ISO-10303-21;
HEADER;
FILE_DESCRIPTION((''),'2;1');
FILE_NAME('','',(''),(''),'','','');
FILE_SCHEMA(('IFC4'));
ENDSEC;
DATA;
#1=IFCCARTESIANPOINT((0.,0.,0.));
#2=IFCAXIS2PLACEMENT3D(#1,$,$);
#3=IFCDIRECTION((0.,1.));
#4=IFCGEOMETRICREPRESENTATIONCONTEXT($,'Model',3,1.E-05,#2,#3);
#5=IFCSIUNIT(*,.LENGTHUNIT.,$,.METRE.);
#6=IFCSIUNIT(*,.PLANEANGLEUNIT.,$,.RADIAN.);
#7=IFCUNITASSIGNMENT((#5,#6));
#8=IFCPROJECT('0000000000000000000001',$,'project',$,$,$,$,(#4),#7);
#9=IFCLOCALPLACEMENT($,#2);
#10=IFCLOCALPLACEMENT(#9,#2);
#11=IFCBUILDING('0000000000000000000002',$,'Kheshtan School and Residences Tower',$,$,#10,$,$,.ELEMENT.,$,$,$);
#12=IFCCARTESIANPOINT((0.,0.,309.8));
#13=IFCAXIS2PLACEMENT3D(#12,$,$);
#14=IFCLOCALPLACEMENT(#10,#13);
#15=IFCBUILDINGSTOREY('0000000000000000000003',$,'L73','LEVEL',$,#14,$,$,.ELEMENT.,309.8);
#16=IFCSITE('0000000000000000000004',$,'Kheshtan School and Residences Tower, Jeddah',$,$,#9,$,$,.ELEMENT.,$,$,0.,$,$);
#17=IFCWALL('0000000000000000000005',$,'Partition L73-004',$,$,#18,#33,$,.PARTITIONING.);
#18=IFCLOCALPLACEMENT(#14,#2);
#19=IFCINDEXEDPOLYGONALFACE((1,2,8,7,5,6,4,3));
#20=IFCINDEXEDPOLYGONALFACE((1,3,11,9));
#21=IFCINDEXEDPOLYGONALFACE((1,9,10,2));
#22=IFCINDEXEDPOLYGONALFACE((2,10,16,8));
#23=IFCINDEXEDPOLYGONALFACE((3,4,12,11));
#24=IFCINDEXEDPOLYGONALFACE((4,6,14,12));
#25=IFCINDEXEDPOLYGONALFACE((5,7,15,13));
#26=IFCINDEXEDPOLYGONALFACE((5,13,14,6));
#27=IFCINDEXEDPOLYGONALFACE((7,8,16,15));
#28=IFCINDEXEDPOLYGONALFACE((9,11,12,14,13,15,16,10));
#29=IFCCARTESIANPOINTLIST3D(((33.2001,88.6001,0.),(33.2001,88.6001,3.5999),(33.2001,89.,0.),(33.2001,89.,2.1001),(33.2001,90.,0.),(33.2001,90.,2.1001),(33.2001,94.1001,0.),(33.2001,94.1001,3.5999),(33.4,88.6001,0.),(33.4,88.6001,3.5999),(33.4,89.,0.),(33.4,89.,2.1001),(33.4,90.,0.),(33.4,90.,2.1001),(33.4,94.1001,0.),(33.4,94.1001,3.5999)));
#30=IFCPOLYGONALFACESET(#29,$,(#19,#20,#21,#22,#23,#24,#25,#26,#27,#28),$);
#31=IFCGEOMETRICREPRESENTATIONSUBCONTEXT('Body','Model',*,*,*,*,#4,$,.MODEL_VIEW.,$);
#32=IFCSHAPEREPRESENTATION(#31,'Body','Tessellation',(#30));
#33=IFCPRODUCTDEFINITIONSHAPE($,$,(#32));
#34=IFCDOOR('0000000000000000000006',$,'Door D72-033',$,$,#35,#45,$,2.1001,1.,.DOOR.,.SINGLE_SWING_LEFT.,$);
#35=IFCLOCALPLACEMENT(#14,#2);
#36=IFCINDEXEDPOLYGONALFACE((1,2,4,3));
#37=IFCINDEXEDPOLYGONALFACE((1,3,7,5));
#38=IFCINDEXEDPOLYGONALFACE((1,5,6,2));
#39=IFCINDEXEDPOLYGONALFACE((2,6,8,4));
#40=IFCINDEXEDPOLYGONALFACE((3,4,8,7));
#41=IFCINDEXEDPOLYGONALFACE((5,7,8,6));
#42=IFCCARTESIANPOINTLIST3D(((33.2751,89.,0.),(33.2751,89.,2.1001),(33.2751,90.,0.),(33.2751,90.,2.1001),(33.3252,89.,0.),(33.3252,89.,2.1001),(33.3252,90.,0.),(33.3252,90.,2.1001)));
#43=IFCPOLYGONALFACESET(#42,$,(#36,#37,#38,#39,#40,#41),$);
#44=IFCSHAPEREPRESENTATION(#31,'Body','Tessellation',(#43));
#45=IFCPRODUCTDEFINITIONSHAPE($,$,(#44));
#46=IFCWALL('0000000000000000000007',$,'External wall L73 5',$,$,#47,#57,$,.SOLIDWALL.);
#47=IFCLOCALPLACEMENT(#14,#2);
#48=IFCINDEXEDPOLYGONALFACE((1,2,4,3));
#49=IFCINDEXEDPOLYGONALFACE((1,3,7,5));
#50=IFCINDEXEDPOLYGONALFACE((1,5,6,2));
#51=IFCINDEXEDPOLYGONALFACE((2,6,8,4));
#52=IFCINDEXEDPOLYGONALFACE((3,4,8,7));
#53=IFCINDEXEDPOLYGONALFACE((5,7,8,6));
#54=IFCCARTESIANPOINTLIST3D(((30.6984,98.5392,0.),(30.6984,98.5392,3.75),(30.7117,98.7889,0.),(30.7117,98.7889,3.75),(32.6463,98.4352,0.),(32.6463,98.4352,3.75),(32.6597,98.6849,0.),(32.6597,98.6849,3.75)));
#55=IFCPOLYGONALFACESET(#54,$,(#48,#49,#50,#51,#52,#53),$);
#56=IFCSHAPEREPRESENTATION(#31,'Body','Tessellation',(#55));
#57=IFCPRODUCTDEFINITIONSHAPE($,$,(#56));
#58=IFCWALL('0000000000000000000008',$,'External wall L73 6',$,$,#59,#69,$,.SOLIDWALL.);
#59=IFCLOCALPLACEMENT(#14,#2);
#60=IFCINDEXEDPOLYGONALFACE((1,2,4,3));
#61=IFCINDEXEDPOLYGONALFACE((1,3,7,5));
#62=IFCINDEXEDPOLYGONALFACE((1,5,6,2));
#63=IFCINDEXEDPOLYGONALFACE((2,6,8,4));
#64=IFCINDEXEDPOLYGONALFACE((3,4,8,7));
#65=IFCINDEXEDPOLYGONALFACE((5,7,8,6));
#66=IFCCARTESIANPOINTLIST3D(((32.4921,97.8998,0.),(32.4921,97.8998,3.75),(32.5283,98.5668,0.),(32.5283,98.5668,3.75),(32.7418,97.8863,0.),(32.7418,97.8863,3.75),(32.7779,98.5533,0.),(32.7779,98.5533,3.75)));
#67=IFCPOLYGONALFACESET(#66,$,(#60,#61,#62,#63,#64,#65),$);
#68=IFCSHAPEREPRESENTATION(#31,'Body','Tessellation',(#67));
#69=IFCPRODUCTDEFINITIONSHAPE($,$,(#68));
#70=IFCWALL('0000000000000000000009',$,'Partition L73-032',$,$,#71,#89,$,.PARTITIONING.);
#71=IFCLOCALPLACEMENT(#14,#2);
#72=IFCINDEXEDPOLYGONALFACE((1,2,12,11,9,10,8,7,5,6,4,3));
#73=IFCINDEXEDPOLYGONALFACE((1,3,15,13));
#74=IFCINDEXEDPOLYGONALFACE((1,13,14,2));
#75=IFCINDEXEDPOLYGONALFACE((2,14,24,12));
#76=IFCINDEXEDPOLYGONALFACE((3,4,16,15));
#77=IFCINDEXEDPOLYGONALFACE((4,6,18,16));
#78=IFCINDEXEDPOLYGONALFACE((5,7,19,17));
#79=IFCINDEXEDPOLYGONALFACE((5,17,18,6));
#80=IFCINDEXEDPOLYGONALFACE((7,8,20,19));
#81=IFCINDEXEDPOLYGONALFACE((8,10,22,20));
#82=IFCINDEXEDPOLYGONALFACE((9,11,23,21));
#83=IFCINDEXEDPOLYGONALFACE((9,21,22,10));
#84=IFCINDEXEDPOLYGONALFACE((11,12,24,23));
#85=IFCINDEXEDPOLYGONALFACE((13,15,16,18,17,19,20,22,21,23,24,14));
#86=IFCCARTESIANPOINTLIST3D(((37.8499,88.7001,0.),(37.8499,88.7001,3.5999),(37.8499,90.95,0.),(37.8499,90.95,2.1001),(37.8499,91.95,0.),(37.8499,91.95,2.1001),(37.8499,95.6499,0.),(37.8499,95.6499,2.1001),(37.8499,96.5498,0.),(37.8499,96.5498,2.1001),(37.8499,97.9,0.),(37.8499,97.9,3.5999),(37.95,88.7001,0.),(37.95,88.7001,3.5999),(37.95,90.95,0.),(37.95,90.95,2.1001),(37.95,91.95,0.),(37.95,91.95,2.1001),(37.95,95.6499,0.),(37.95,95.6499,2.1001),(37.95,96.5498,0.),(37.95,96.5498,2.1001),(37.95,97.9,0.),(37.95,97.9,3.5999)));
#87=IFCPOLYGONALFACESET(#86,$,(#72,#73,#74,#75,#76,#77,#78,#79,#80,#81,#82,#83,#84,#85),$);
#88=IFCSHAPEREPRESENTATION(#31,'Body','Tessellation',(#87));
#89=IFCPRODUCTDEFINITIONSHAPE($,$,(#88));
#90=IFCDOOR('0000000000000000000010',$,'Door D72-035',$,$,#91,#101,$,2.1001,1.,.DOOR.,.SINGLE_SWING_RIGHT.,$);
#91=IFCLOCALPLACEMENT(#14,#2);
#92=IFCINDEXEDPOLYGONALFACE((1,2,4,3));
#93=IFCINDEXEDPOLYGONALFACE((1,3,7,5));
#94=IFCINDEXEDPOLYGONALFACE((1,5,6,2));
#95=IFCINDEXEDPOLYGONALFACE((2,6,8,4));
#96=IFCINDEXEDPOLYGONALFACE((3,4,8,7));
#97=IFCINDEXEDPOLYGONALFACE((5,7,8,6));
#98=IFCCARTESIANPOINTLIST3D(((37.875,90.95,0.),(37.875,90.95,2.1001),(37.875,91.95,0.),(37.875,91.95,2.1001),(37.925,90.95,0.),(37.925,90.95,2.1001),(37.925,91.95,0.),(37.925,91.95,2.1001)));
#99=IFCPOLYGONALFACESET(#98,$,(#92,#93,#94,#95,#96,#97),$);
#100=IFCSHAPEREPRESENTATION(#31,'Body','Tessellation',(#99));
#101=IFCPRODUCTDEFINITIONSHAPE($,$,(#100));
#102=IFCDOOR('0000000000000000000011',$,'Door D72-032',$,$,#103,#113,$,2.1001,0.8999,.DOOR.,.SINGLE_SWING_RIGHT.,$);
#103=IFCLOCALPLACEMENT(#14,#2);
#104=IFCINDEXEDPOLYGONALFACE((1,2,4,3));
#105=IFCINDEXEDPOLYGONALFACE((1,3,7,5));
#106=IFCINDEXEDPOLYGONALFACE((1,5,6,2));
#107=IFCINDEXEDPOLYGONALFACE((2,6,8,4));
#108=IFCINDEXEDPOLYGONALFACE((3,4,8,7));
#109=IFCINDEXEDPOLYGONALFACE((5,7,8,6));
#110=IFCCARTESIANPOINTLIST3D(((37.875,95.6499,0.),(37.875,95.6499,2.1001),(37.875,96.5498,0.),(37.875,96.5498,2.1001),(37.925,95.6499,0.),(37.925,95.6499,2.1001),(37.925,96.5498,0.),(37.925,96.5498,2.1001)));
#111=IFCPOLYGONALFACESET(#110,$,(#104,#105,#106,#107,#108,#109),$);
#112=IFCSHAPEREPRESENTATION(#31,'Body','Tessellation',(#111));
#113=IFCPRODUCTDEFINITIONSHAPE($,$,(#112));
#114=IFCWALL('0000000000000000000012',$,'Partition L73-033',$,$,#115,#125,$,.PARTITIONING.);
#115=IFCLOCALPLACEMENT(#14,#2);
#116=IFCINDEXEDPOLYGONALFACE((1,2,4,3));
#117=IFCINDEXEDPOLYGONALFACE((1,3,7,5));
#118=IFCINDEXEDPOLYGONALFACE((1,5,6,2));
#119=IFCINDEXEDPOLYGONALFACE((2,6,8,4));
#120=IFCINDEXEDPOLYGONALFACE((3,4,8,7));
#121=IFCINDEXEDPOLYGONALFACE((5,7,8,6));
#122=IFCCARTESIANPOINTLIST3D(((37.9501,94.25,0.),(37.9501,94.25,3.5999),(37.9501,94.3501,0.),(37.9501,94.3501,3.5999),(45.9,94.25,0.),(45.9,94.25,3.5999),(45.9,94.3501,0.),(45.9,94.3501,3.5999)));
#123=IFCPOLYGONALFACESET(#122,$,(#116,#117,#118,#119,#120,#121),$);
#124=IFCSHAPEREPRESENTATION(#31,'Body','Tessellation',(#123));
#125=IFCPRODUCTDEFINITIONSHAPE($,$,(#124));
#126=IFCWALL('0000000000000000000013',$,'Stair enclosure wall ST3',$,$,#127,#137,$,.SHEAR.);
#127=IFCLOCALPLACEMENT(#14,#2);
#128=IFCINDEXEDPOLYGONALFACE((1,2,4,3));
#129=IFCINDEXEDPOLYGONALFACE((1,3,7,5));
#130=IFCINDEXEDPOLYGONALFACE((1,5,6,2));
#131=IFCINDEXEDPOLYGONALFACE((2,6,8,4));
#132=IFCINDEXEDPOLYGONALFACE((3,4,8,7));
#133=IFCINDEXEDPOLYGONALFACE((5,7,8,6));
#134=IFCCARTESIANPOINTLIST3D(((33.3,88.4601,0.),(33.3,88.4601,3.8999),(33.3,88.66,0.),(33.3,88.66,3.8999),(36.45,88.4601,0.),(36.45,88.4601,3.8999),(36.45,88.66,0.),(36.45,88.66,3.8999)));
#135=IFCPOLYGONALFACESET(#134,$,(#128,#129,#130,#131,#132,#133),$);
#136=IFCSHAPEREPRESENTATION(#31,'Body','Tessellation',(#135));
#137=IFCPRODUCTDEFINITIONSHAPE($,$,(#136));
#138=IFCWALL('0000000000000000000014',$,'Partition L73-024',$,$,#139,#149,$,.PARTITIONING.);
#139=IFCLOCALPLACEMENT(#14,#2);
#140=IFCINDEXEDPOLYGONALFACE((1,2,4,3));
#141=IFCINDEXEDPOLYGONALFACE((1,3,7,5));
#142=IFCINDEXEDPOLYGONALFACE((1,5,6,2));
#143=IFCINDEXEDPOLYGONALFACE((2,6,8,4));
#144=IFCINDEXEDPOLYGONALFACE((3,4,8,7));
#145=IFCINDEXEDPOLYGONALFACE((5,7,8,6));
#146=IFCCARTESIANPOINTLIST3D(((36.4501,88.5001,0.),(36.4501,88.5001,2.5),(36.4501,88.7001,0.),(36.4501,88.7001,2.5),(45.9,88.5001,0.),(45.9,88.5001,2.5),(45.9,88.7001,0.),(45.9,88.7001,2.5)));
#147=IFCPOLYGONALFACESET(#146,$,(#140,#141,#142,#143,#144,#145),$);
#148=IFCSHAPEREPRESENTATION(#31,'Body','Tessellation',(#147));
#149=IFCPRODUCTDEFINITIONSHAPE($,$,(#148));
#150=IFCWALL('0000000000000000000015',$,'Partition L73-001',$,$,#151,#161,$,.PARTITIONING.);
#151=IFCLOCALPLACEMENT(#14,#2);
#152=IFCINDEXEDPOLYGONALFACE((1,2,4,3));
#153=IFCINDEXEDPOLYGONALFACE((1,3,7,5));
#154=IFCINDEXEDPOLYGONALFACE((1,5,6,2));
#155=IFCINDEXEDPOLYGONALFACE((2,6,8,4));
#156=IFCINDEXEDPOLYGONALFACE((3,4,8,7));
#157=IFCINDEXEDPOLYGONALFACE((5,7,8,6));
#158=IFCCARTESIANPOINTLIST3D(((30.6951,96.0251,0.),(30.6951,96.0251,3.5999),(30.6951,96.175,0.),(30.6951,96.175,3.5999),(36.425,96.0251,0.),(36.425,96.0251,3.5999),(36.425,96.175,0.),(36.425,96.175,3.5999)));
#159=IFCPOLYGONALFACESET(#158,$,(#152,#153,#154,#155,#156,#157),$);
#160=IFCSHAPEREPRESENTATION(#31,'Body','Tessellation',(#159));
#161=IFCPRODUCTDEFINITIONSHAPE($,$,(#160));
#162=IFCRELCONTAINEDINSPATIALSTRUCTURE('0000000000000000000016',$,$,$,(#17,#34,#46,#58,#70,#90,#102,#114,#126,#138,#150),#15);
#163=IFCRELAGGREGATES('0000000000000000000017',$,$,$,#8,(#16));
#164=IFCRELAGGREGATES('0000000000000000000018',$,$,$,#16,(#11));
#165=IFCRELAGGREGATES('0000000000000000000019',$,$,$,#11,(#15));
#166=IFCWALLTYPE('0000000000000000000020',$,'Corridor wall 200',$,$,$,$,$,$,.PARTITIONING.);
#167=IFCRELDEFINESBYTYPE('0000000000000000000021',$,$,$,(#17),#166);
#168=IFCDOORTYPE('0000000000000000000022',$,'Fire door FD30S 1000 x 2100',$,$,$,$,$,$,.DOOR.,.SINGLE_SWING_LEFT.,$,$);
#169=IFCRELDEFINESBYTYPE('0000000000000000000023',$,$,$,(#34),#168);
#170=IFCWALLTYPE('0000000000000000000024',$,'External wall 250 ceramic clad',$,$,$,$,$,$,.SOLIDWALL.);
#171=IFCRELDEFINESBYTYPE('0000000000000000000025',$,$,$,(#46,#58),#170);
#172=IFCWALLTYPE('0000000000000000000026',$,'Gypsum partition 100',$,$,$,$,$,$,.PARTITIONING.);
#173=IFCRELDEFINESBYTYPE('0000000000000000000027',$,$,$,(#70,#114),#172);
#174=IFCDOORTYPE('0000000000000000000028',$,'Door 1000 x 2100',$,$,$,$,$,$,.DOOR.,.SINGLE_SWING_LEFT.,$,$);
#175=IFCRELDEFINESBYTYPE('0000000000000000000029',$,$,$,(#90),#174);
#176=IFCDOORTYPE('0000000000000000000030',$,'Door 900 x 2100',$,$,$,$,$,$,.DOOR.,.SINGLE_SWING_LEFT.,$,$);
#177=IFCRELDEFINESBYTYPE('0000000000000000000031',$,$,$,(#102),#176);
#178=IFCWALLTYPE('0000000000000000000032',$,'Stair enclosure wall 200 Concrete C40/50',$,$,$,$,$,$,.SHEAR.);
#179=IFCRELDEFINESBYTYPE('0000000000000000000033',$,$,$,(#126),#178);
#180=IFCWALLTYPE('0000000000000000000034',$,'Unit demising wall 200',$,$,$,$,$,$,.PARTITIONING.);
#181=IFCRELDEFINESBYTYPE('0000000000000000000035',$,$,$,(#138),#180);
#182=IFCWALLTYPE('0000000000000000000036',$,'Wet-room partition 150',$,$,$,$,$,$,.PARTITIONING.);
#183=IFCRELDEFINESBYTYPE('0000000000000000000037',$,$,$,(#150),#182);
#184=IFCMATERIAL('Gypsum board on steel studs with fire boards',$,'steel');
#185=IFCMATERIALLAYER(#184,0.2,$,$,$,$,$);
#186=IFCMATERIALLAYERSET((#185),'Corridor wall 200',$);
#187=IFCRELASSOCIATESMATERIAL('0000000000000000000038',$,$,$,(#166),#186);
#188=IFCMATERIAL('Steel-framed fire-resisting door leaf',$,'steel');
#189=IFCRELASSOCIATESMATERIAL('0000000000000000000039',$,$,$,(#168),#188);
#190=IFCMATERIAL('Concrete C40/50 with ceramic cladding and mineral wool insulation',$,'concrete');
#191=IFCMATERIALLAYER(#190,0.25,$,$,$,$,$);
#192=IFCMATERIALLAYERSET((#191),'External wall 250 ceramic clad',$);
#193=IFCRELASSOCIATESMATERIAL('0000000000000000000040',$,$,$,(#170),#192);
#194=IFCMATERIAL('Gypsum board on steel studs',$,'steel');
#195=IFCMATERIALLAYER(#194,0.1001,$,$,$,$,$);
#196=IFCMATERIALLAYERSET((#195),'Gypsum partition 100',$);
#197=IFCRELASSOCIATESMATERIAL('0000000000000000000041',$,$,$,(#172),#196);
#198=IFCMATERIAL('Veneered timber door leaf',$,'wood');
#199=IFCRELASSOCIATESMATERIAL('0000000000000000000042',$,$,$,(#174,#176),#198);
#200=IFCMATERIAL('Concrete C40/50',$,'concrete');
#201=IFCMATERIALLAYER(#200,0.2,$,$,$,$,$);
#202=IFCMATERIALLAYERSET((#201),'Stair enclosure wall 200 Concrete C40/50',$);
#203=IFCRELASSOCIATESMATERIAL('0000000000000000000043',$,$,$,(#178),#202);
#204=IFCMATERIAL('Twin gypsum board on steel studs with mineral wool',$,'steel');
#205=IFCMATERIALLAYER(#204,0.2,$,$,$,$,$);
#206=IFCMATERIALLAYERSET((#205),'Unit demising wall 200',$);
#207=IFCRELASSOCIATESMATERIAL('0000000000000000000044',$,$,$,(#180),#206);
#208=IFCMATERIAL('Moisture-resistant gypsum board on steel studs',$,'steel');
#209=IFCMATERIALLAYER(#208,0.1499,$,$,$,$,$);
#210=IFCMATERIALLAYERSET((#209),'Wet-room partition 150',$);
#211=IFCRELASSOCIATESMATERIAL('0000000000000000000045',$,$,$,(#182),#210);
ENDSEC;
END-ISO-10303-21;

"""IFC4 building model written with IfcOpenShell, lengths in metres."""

from ifc_helpers import new_model, si_unit, direction, frame, frame_2d, origin, place, context, subcontext, project, spatial, rectangle, extrude, source, transform, mapped, material, layer, layer_set, type_object, element, fill, save


model = new_model("IFC4")

# Units and contexts
model_context = context("Model", 3, precision=1e-05, world=origin(), true_north=direction((0.0, 1.0)))
body_context = subcontext(model_context, "Body", "Model", "MODEL_VIEW")
ifc_project = project(units=[si_unit("LENGTHUNIT", "METRE"), si_unit("PLANEANGLEUNIT", "RADIAN")], contexts=[model_context])

# Site, building, storey
site_placement = place(None, origin())
site = spatial("IfcSite", under=ifc_project, at=site_placement, Name="Kheshtan School and Residences Tower, Jeddah", CompositionType="ELEMENT", RefElevation=0.0)
building_placement = place(site_placement, origin())
building = spatial("IfcBuilding", under=site, at=building_placement, Name="Kheshtan School and Residences Tower", CompositionType="ELEMENT")
storey_placement = place(building_placement, frame((0.0, 0.0, 309.8)))
storey = spatial("IfcBuildingStorey", under=building, at=storey_placement, Name="L73", Description="LEVEL", CompositionType="ELEMENT", Elevation=309.8)

# Shared definitions
ifc_material_1 = material(Name="Gypsum board on steel studs with fire boards", Category="steel")
ifc_layer_1 = layer(ifc_material_1, 0.2)
ifc_layer_set_1 = layer_set([ifc_layer_1], Name="Corridor wall 200")
wall_type_1 = type_object("IfcWallType", Name="Corridor wall 200", PredefinedType="PARTITIONING", material=ifc_layer_set_1)

# Wall, opening, door
wall_1_placement = place(storey_placement, frame((33.3, 88.6001, 0.0), z_axis=(0.0, 0.0, 1.0), x_axis=(0.0, 1.0, 0.0)))
wall_1 = element("IfcWall", 1, at=wall_1_placement, inside=storey, type_object=wall_type_1, Name="Partition L73-004", PredefinedType="PARTITIONING", context=body_context, shape_type="SweptSolid", body=[
    extrude(rectangle(XDim=5.5, YDim=0.2, at=frame_2d((2.75, 0.0))), origin(), (0.0, 0.0, 1.0), 3.5999),
])
opening_1_placement = place(wall_1_placement, frame((0.3999, 0.0, 0.0)))
opening_1 = element("IfcOpeningElement", 2, at=opening_1_placement, cuts=wall_1, PredefinedType="OPENING", context=body_context, shape_type="SweptSolid", body=[
    extrude(rectangle(XDim=1.0, YDim=2.1001, at=frame_2d((0.5, 1.05))), frame((0.0, 0.1099, 0.0), z_axis=(0.0, -1.0, 0.0), x_axis=(1.0, 0.0, 0.0)), (0.0, 0.0, 1.0), 0.22),
])
ifc_material_2 = material(Name="Steel-framed fire-resisting door leaf", Category="steel")
door_type_1 = type_object("IfcDoorType", Name="Fire door FD30S 1000 x 2100", OperationType="SINGLE_SWING_LEFT", PredefinedType="DOOR", material=ifc_material_2)
shared_shape_1 = source(origin(), body_context, "Body", "SweptSolid", [
    extrude(rectangle(XDim=1.0, YDim=2.1001, at=frame_2d((0.5, 1.05))), frame((0.0, 0.0249, 0.0), z_axis=(0.0, -1.0, 0.0), x_axis=(1.0, 0.0, 0.0)), (0.0, 0.0, 1.0), 0.05),
])
door_1_placement = place(opening_1_placement, origin())
door_1 = element("IfcDoor", 3, at=door_1_placement, inside=storey, type_object=door_type_1, Name="Door D72-033", OperationType="SINGLE_SWING_LEFT", OverallHeight=2.1001, OverallWidth=1.0, PredefinedType="DOOR", context=body_context, shape_type="MappedRepresentation", body=[
    mapped(shared_shape_1, transform((0.0, 0.0, 0.0), x_axis=(1.0, 0.0, 0.0), y_axis=(0.0, 1.0, 0.0), z_axis=(0.0, 0.0, 1.0), scale=1.0)),
])
fill(opening_1, door_1)

# Walls
ifc_material_3 = material(Name="Concrete C40/50 with ceramic cladding and mineral wool insulation", Category="concrete")
ifc_layer_2 = layer(ifc_material_3, 0.25)
ifc_layer_set_2 = layer_set([ifc_layer_2], Name="External wall 250 ceramic clad")
wall_type_2 = type_object("IfcWallType", Name="External wall 250 ceramic clad", PredefinedType="SOLIDWALL", material=ifc_layer_set_2)
wall_2_placement = place(storey_placement, frame((30.7051, 98.6641, 0.0), z_axis=(0.0, 0.0, 1.0), x_axis=(0.998578, -0.053314, 0.0)))
element("IfcWall", 4, at=wall_2_placement, inside=storey, type_object=wall_type_2, Name="External wall L73 5", PredefinedType="SOLIDWALL", context=body_context, shape_type="SweptSolid", body=[
    extrude(rectangle(XDim=1.9507, YDim=0.25, at=frame_2d((0.9753, 0.0))), origin(), (0.0, 0.0, 1.0), 3.75),
])
wall_3_placement = place(storey_placement, frame((32.6531, 98.5601, 0.0), z_axis=(0.0, 0.0, 1.0), x_axis=(-0.054093, -0.998536, 0.0)))
element("IfcWall", 5, at=wall_3_placement, inside=storey, type_object=wall_type_2, Name="External wall L73 6", PredefinedType="SOLIDWALL", context=body_context, shape_type="SweptSolid", body=[
    extrude(rectangle(XDim=0.668, YDim=0.25, at=frame_2d((0.334, 0.0))), origin(), (0.0, 0.0, 1.0), 3.75),
])

# Wall, openings, doors
ifc_material_4 = material(Name="Gypsum board on steel studs", Category="steel")
ifc_layer_3 = layer(ifc_material_4, 0.1001)
ifc_layer_set_3 = layer_set([ifc_layer_3], Name="Gypsum partition 100")
wall_type_3 = type_object("IfcWallType", Name="Gypsum partition 100", PredefinedType="PARTITIONING", material=ifc_layer_set_3)
wall_4_placement = place(storey_placement, frame((37.8999, 88.7, 0.0), z_axis=(0.0, 0.0, 1.0), x_axis=(0.0, 1.0, 0.0)))
wall_4 = element("IfcWall", 6, at=wall_4_placement, inside=storey, type_object=wall_type_3, Name="Partition L73-032", PredefinedType="PARTITIONING", context=body_context, shape_type="SweptSolid", body=[
    extrude(rectangle(XDim=9.2, YDim=0.1001, at=frame_2d((4.6001, 0.0))), origin(), (0.0, 0.0, 1.0), 3.5999),
])
opening_2_placement = place(wall_4_placement, frame((6.95, 0.0, 0.0)))
opening_2 = element("IfcOpeningElement", 7, at=opening_2_placement, cuts=wall_4, PredefinedType="OPENING", context=body_context, shape_type="SweptSolid", body=[
    extrude(rectangle(XDim=0.8999, YDim=2.1001, at=frame_2d((0.45, 1.05))), frame((0.0, 0.0601, 0.0), z_axis=(0.0, -1.0, 0.0), x_axis=(1.0, 0.0, 0.0)), (0.0, 0.0, 1.0), 0.1201),
])
opening_3_placement = place(wall_4_placement, frame((2.25, 0.0, 0.0)))
opening_3 = element("IfcOpeningElement", 8, at=opening_3_placement, cuts=wall_4, PredefinedType="OPENING", context=body_context, shape_type="SweptSolid", body=[
    extrude(rectangle(XDim=1.0, YDim=2.1001, at=frame_2d((0.5, 1.05))), frame((0.0, 0.0601, 0.0), z_axis=(0.0, -1.0, 0.0), x_axis=(1.0, 0.0, 0.0)), (0.0, 0.0, 1.0), 0.1201),
])
ifc_material_5 = material(Name="Veneered timber door leaf", Category="wood")
door_type_2 = type_object("IfcDoorType", Name="Door 1000 x 2100", OperationType="SINGLE_SWING_LEFT", PredefinedType="DOOR", material=ifc_material_5)
shared_shape_2 = source(origin(), body_context, "Body", "SweptSolid", [
    extrude(rectangle(XDim=1.0, YDim=2.1001, at=frame_2d((0.5, 1.05))), frame((0.0, 0.0249, 0.0), z_axis=(0.0, -1.0, 0.0), x_axis=(1.0, 0.0, 0.0)), (0.0, 0.0, 1.0), 0.05),
])
door_2_placement = place(opening_3_placement, origin())
door_2 = element("IfcDoor", 9, at=door_2_placement, inside=storey, type_object=door_type_2, Name="Door D72-035", OperationType="SINGLE_SWING_RIGHT", OverallHeight=2.1001, OverallWidth=1.0, PredefinedType="DOOR", context=body_context, shape_type="MappedRepresentation", body=[
    mapped(shared_shape_2, transform((0.0, 0.0, 0.0), x_axis=(1.0, 0.0, 0.0), y_axis=(0.0, 1.0, 0.0), z_axis=(0.0, 0.0, 1.0), scale=1.0)),
])
fill(opening_3, door_2)
door_type_3 = type_object("IfcDoorType", Name="Door 900 x 2100", OperationType="SINGLE_SWING_LEFT", PredefinedType="DOOR", material=ifc_material_5)
shared_shape_3 = source(origin(), body_context, "Body", "SweptSolid", [
    extrude(rectangle(XDim=0.8999, YDim=2.1001, at=frame_2d((0.45, 1.05))), frame((0.0, 0.0249, 0.0), z_axis=(0.0, -1.0, 0.0), x_axis=(1.0, 0.0, 0.0)), (0.0, 0.0, 1.0), 0.05),
])
door_3_placement = place(opening_2_placement, origin())
door_3 = element("IfcDoor", 10, at=door_3_placement, inside=storey, type_object=door_type_3, Name="Door D72-032", OperationType="SINGLE_SWING_RIGHT", OverallHeight=2.1001, OverallWidth=0.8999, PredefinedType="DOOR", context=body_context, shape_type="MappedRepresentation", body=[
    mapped(shared_shape_3, transform((0.0, 0.0, 0.0), x_axis=(1.0, 0.0, 0.0), y_axis=(0.0, 1.0, 0.0), z_axis=(0.0, 0.0, 1.0), scale=1.0)),
])
fill(opening_2, door_3)

# Walls
wall_5_placement = place(storey_placement, frame((37.95, 94.3, 0.0), z_axis=(0.0, 0.0, 1.0), x_axis=(1.0, 0.0, 0.0)))
element("IfcWall", 11, at=wall_5_placement, inside=storey, type_object=wall_type_3, Name="Partition L73-033", PredefinedType="PARTITIONING", context=body_context, shape_type="SweptSolid", body=[
    extrude(rectangle(XDim=7.95, YDim=0.1001, at=frame_2d((3.9751, 0.0))), origin(), (0.0, 0.0, 1.0), 3.5999),
])
ifc_material_6 = material(Name="Concrete C40/50", Category="concrete")
ifc_layer_4 = layer(ifc_material_6, 0.2)
ifc_layer_set_4 = layer_set([ifc_layer_4], Name="Stair enclosure wall 200 Concrete C40/50")
wall_type_4 = type_object("IfcWallType", Name="Stair enclosure wall 200 Concrete C40/50", PredefinedType="SHEAR", material=ifc_layer_set_4)
wall_6_placement = place(storey_placement, frame((33.3, 88.5601, 0.0), z_axis=(0.0, 0.0, 1.0), x_axis=(1.0, 0.0, 0.0)))
element("IfcWall", 12, at=wall_6_placement, inside=storey, type_object=wall_type_4, Name="Stair enclosure wall ST3", PredefinedType="SHEAR", context=body_context, shape_type="SweptSolid", body=[
    extrude(rectangle(XDim=3.1499, YDim=0.2, at=frame_2d((1.575, 0.0))), origin(), (0.0, 0.0, 1.0), 3.8999),
])
ifc_material_7 = material(Name="Twin gypsum board on steel studs with mineral wool", Category="steel")
ifc_layer_5 = layer(ifc_material_7, 0.2)
ifc_layer_set_5 = layer_set([ifc_layer_5], Name="Unit demising wall 200")
wall_type_5 = type_object("IfcWallType", Name="Unit demising wall 200", PredefinedType="PARTITIONING", material=ifc_layer_set_5)
wall_7_placement = place(storey_placement, frame((36.45, 88.6001, 0.0), z_axis=(0.0, 0.0, 1.0), x_axis=(1.0, 0.0, 0.0)))
element("IfcWall", 13, at=wall_7_placement, inside=storey, type_object=wall_type_5, Name="Partition L73-024", PredefinedType="PARTITIONING", context=body_context, shape_type="SweptSolid", body=[
    extrude(rectangle(XDim=9.45, YDim=0.2, at=frame_2d((4.7251, 0.0))), origin(), (0.0, 0.0, 1.0), 2.5),
])
ifc_material_8 = material(Name="Moisture-resistant gypsum board on steel studs", Category="steel")
ifc_layer_6 = layer(ifc_material_8, 0.1499)
ifc_layer_set_6 = layer_set([ifc_layer_6], Name="Wet-room partition 150")
wall_type_6 = type_object("IfcWallType", Name="Wet-room partition 150", PredefinedType="PARTITIONING", material=ifc_layer_set_6)
wall_8_placement = place(storey_placement, frame((30.6951, 96.1001, 0.0), z_axis=(0.0, 0.0, 1.0), x_axis=(1.0, 0.0, 0.0)))
element("IfcWall", 14, at=wall_8_placement, inside=storey, type_object=wall_type_6, Name="Partition L73-001", PredefinedType="PARTITIONING", context=body_context, shape_type="SweptSolid", body=[
    extrude(rectangle(XDim=5.73, YDim=0.1499, at=frame_2d((2.865, 0.0))), origin(), (0.0, 0.0, 1.0), 3.5999),
])

save(model, "model.ifc")
